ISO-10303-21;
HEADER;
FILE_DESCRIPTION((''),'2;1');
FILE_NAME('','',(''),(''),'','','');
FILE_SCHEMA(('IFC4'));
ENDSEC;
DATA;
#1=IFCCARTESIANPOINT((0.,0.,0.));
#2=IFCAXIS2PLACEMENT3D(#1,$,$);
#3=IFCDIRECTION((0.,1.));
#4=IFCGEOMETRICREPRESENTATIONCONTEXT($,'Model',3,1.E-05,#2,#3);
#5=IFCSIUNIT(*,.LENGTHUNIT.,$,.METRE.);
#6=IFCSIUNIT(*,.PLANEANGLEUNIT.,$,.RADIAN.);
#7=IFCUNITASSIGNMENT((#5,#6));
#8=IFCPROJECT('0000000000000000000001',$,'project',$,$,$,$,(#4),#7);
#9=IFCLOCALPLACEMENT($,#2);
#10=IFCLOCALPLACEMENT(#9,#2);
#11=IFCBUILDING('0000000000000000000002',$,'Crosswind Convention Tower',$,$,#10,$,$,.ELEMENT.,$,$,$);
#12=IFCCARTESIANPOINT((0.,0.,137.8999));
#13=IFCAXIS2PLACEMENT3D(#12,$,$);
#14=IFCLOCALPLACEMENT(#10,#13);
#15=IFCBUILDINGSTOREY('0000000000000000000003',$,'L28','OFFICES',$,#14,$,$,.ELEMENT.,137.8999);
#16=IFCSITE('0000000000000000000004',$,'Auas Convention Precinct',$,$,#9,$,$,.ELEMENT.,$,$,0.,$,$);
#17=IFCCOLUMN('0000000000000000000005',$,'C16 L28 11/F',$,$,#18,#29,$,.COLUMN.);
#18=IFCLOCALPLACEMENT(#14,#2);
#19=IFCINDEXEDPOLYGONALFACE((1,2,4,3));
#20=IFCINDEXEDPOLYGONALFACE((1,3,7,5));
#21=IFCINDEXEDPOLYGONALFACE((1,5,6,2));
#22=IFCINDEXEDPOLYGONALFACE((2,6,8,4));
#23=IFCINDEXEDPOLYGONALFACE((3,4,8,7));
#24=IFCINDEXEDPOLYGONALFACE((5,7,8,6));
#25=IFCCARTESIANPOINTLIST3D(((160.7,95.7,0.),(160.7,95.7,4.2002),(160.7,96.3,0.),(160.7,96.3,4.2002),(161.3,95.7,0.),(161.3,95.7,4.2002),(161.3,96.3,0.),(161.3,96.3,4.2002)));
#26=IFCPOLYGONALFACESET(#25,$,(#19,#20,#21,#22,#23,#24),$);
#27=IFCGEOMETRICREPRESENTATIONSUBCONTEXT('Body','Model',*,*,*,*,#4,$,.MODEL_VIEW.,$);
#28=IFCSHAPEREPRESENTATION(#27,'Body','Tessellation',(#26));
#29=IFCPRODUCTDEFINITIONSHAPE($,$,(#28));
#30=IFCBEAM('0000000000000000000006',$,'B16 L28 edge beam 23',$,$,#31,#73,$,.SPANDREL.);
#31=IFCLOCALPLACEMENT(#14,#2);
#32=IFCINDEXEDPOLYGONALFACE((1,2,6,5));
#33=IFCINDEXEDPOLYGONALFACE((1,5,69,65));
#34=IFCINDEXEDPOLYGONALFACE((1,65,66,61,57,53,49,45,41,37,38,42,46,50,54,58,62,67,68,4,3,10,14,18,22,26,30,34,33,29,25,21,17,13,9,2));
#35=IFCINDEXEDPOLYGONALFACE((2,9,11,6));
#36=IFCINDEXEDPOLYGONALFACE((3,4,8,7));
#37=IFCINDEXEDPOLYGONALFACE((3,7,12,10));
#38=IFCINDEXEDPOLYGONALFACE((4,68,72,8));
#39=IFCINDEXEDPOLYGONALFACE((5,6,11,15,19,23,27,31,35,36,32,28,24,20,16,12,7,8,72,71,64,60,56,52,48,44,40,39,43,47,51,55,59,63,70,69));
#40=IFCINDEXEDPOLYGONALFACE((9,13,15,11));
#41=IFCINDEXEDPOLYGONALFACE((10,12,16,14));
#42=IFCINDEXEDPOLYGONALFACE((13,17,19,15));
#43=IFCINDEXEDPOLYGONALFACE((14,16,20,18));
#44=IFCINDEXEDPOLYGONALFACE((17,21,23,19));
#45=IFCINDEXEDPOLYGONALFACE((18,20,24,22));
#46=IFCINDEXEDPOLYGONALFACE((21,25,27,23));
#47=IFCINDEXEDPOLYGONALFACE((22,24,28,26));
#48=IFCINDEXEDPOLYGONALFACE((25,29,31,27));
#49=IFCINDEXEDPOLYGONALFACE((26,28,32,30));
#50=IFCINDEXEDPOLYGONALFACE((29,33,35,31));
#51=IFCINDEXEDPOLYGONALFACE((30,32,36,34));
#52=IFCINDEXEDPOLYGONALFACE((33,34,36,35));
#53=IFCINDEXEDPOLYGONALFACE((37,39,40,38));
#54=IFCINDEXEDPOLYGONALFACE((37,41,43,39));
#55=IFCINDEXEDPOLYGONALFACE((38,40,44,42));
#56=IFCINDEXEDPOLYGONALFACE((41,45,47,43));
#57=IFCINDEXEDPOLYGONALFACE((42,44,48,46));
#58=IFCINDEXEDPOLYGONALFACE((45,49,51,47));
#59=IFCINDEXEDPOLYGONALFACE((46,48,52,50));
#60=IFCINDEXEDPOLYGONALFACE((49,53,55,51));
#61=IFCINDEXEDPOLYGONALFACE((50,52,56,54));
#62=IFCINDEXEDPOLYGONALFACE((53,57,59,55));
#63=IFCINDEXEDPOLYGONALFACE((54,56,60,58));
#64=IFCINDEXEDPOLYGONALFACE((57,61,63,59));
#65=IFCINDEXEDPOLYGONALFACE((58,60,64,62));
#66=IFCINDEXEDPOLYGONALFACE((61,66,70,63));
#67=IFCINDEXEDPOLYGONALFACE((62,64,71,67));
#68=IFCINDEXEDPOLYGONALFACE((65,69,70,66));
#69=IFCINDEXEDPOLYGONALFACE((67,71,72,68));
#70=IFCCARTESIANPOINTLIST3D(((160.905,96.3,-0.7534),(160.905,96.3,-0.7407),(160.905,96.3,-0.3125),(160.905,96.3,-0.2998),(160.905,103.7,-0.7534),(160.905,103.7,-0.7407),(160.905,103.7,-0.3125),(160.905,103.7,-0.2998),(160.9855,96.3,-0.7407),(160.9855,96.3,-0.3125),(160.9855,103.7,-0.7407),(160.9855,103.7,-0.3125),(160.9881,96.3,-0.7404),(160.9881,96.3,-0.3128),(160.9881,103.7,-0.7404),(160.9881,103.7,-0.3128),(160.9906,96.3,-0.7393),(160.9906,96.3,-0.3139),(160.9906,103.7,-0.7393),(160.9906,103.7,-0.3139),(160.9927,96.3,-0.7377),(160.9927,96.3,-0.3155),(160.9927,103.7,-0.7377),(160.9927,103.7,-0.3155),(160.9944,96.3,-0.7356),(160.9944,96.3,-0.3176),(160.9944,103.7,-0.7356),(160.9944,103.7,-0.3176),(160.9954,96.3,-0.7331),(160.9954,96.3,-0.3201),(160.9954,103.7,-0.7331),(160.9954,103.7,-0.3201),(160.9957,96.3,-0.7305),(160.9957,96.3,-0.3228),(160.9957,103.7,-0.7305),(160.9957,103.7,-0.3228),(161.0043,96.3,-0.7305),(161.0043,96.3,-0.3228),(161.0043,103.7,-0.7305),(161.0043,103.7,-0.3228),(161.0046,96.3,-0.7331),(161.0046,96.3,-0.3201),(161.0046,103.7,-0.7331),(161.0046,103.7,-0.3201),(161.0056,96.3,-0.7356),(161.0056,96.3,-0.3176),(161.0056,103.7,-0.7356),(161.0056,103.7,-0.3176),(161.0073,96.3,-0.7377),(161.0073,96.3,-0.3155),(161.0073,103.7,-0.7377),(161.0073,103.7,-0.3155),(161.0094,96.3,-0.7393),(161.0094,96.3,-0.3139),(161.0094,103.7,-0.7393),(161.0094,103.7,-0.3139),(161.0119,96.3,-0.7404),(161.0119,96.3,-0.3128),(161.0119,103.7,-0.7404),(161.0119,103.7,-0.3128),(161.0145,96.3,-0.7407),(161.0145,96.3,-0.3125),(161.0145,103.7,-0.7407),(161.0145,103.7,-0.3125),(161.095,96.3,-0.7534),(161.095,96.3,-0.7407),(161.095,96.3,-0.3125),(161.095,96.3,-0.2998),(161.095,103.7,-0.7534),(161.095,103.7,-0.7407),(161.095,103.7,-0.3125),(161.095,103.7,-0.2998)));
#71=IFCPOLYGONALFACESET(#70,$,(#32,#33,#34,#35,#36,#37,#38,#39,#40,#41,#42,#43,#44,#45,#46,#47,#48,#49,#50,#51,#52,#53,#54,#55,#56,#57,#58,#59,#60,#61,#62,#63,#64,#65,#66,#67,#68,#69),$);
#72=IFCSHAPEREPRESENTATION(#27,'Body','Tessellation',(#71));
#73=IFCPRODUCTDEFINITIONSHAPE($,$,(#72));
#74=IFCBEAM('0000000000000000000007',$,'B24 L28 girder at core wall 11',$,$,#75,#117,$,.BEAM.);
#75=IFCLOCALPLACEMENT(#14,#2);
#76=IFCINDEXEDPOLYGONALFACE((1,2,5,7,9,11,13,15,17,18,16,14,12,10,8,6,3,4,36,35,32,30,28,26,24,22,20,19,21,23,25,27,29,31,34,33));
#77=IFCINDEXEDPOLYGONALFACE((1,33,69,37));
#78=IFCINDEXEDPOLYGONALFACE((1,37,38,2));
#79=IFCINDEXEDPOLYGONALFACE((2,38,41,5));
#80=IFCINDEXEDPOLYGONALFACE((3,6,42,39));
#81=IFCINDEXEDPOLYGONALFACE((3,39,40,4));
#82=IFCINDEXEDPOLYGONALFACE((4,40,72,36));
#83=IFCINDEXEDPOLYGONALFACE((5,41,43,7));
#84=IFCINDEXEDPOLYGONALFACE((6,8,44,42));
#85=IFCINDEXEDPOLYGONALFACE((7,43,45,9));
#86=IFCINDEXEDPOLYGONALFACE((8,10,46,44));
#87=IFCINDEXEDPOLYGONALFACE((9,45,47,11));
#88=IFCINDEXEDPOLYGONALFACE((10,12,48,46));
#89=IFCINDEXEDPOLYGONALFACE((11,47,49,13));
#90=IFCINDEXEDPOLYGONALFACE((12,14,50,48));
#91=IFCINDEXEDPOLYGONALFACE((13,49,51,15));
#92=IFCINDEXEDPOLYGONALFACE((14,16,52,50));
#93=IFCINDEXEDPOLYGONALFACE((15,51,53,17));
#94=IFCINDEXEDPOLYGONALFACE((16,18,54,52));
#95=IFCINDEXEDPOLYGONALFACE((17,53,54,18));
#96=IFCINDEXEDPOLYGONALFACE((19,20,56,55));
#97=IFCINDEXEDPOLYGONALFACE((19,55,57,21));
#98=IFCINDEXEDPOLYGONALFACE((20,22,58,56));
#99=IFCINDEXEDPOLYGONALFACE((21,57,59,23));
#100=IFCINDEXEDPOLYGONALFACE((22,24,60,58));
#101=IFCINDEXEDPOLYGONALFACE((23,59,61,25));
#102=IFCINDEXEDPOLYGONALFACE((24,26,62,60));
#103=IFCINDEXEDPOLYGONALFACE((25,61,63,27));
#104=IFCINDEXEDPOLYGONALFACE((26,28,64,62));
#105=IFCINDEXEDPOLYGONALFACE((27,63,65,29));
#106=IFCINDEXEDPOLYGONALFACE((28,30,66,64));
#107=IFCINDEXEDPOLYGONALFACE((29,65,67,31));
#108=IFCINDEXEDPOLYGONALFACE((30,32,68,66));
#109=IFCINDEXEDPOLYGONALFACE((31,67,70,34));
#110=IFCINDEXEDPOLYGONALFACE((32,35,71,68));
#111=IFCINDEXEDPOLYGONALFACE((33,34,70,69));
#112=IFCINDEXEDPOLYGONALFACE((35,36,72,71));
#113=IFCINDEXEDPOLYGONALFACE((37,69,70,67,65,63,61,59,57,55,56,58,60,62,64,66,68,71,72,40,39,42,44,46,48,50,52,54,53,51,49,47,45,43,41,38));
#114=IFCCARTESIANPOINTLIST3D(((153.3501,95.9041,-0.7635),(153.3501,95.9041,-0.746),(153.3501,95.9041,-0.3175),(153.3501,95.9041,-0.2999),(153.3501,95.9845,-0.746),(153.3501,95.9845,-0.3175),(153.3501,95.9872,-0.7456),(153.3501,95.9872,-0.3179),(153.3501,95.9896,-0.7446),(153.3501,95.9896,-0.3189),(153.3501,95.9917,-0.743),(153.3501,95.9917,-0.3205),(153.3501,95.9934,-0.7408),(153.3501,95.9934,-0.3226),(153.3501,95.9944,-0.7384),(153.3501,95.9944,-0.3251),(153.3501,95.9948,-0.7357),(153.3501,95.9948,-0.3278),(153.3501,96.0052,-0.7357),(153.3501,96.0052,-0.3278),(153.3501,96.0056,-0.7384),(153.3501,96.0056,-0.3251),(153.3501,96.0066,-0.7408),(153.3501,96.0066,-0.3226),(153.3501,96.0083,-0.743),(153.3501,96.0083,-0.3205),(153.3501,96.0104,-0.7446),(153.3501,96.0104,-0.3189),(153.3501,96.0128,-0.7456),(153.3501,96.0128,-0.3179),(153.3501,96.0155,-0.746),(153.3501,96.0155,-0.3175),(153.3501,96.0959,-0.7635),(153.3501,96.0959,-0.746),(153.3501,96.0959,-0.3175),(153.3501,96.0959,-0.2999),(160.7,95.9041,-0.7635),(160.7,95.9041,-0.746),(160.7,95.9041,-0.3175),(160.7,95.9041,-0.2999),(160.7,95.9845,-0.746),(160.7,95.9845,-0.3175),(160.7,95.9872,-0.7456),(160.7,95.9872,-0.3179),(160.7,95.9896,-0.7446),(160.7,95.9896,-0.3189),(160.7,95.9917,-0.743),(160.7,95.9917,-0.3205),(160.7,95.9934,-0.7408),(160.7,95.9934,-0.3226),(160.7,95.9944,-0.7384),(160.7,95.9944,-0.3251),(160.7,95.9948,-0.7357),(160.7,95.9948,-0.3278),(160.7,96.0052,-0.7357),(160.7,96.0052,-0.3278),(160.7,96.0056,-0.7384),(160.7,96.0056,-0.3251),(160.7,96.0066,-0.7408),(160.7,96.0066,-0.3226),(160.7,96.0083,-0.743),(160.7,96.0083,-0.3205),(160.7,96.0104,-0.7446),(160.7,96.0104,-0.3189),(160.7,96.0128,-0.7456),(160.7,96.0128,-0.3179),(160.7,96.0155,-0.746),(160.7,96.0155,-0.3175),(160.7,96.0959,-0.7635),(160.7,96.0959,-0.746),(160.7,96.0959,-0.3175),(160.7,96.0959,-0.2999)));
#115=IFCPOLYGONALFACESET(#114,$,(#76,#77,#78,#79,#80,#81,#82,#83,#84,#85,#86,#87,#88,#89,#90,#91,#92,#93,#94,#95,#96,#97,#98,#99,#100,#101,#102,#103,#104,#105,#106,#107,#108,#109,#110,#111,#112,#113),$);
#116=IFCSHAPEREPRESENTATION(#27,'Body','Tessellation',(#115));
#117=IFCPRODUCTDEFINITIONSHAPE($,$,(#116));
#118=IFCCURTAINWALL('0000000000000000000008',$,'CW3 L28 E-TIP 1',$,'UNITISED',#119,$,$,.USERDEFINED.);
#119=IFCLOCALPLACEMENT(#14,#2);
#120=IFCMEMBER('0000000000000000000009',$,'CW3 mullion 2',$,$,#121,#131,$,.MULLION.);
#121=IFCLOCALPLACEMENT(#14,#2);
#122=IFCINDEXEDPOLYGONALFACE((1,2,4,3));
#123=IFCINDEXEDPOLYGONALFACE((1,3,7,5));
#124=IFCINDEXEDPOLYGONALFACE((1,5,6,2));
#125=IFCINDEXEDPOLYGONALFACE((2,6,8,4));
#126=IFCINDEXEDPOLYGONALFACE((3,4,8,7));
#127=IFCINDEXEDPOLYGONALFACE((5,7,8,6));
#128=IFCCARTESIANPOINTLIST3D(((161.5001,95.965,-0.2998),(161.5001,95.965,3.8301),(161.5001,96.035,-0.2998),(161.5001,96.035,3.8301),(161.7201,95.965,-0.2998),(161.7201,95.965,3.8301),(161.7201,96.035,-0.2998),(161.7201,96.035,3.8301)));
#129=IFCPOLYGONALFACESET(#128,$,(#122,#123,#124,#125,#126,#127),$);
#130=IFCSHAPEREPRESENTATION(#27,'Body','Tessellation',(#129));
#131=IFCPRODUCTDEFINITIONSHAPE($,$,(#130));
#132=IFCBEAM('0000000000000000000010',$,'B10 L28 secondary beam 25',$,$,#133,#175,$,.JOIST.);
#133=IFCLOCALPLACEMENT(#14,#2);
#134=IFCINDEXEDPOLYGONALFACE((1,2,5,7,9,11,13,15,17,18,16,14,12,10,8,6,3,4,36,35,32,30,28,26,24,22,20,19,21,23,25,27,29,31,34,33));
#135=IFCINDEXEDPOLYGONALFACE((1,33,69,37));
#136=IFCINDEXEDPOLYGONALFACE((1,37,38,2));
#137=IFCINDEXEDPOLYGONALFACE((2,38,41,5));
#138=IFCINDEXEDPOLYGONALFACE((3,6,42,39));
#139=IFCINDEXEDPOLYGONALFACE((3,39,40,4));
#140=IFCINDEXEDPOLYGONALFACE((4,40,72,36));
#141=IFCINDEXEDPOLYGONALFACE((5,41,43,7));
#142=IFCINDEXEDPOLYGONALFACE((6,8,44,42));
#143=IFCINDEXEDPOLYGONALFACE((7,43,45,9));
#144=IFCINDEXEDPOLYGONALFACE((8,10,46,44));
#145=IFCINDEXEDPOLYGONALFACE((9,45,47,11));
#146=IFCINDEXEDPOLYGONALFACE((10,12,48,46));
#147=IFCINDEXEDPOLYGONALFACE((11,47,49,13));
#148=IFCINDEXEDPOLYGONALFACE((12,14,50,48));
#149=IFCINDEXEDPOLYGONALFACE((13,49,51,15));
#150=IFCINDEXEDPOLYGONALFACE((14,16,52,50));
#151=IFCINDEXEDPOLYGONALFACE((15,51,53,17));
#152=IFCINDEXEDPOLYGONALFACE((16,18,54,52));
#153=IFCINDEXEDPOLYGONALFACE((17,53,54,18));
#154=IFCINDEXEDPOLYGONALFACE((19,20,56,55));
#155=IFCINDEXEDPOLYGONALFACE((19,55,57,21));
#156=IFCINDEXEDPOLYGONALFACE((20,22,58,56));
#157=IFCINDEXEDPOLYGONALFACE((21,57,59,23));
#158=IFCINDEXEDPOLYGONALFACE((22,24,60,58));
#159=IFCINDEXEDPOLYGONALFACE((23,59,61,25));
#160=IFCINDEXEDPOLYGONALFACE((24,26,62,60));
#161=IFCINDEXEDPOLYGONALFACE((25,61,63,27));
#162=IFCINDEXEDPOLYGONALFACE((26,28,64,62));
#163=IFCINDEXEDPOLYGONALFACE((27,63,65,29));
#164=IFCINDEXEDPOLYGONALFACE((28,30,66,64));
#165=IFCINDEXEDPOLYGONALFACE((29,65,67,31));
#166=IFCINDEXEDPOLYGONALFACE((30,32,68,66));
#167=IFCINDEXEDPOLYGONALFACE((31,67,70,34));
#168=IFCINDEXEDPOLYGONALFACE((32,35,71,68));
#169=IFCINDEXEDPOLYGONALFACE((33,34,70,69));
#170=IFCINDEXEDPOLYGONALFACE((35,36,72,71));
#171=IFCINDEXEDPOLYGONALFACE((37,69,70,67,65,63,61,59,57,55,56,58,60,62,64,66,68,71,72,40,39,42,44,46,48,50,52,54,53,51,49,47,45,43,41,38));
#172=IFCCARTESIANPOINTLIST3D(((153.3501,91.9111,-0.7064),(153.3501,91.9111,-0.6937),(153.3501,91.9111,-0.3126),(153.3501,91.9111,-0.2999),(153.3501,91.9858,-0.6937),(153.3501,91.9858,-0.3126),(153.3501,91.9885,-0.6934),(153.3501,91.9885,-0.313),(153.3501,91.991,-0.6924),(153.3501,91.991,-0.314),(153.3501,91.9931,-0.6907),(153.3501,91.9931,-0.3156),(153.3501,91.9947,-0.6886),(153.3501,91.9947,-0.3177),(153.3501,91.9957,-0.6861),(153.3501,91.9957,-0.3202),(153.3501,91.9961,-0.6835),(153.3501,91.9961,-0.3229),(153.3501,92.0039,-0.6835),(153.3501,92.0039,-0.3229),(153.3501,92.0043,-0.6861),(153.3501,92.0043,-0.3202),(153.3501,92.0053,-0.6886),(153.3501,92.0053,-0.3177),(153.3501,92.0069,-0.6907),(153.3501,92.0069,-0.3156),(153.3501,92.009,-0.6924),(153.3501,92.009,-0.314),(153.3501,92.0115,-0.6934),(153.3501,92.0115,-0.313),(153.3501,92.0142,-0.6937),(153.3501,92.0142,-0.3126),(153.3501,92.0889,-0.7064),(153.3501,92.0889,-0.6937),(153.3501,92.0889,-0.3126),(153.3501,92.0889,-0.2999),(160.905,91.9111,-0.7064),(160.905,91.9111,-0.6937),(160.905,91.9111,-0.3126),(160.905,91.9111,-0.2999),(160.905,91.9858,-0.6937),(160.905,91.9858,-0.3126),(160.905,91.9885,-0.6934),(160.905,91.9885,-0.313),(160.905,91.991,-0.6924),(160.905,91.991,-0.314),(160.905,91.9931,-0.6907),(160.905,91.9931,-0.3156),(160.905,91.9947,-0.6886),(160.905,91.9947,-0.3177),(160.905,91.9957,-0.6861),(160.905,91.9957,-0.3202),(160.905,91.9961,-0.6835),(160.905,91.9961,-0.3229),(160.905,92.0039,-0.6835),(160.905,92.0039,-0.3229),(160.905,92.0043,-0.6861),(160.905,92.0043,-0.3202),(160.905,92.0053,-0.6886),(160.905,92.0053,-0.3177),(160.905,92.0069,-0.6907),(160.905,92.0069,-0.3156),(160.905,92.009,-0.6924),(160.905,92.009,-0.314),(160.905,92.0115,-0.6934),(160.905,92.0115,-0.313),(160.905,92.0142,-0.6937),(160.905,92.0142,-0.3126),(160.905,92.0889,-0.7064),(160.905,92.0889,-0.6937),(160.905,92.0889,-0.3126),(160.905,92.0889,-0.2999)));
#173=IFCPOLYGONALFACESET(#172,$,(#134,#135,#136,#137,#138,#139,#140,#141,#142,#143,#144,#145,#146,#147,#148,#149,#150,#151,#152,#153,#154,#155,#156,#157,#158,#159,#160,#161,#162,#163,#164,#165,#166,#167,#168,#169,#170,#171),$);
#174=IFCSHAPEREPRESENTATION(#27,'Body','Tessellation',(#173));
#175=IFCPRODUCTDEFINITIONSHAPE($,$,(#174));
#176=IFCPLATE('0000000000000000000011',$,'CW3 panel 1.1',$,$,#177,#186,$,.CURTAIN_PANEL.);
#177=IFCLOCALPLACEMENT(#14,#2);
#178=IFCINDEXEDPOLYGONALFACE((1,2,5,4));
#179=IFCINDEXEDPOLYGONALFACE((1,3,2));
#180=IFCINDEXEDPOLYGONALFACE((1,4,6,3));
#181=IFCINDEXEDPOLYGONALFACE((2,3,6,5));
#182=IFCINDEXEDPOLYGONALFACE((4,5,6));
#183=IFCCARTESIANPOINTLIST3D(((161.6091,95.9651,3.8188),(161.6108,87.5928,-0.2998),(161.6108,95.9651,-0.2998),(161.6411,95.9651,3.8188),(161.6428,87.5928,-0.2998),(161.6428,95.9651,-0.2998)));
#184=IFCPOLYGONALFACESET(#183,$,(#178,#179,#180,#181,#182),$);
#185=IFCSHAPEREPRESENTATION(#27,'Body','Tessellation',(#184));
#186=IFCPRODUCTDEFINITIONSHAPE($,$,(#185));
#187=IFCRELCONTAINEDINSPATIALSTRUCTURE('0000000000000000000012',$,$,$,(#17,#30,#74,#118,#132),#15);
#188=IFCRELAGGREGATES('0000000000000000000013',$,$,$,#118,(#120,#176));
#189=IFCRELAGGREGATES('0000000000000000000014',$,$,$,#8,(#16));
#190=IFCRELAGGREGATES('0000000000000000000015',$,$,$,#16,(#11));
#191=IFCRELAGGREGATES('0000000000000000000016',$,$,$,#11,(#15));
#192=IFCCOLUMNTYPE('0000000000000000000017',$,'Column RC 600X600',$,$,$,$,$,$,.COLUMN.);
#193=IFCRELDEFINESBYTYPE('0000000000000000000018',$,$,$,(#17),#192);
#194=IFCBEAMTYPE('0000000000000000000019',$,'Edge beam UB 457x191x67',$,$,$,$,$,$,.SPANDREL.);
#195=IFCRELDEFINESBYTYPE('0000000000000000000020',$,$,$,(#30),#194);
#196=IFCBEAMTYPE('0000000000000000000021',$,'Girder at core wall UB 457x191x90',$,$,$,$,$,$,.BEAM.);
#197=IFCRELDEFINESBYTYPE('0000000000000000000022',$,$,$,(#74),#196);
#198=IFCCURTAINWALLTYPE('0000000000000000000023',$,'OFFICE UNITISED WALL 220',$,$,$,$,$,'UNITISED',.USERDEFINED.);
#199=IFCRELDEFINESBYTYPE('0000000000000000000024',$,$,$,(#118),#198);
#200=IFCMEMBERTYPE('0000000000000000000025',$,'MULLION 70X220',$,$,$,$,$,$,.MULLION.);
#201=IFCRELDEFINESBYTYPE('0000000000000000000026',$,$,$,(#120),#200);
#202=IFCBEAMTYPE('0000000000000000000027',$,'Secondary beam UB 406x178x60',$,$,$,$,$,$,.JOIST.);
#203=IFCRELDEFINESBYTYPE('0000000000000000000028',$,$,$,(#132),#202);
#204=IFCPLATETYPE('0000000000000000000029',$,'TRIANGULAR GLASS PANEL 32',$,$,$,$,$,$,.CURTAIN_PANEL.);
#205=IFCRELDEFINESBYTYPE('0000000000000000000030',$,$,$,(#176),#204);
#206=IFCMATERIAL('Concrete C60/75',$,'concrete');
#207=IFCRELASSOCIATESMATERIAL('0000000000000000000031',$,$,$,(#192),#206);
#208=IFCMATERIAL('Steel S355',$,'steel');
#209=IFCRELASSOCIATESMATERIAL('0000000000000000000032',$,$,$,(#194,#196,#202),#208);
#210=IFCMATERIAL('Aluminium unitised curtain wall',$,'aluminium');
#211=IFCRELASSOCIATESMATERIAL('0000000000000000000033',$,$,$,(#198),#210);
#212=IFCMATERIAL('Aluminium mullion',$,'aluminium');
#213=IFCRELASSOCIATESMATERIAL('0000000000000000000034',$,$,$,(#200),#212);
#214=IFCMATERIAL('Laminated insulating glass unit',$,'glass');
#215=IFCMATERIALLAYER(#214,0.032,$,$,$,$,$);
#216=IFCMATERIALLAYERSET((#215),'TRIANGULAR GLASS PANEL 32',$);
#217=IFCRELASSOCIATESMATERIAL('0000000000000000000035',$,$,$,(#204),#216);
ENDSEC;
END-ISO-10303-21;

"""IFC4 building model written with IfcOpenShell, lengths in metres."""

from ifc_helpers import new_model, si_unit, direction, frame, origin, origin_2d, place, context, subcontext, project, spatial, polyline, rectangle, i_section, outline, extrude, material, layer, layer_set, material_profile, profile_set, type_object, element, aggregate, save


model = new_model("IFC4")

# Units and contexts
model_context = context("Model", 3, precision=1e-05, world=origin(), true_north=direction((0.0, 1.0)))
body_context = subcontext(model_context, "Body", "Model", "MODEL_VIEW")
ifc_project = project(units=[si_unit("LENGTHUNIT", "METRE"), si_unit("PLANEANGLEUNIT", "RADIAN")], contexts=[model_context])

# Site, building, storey
site_placement = place(None, origin())
site = spatial("IfcSite", under=ifc_project, at=site_placement, Name="Auas Convention Precinct", CompositionType="ELEMENT", RefElevation=0.0)
building_placement = place(site_placement, origin())
building = spatial("IfcBuilding", under=site, at=building_placement, Name="Crosswind Convention Tower", CompositionType="ELEMENT")
storey_placement = place(building_placement, frame((0.0, 0.0, 137.8999)))
storey = spatial("IfcBuildingStorey", under=building, at=storey_placement, Name="L28", Description="OFFICES", CompositionType="ELEMENT", Elevation=137.8999)

# Column
ifc_material_1 = material(Name="Concrete C60/75", Category="concrete")
ifc_material_profile_1 = material_profile(ifc_material_1, rectangle(XDim=0.6001, YDim=0.6001, at=origin_2d()), Name="RC 600X600")
ifc_profile_set_1 = profile_set([ifc_material_profile_1], Name="Concrete C60/75")
column_type = type_object("IfcColumnType", Name="Column RC 600X600", PredefinedType="COLUMN", material=ifc_profile_set_1)
column_placement = place(storey_placement, frame((161.0, 96.0, 0.0), z_axis=(0.0, 0.0, 1.0), x_axis=(1.0, 0.0, 0.0)))
element("IfcColumn", 1, at=column_placement, inside=storey, type_object=column_type, Name="C16 L28 11/F", PredefinedType="COLUMN", context=body_context, shape_type="SweptSolid", body=[
    extrude(rectangle(XDim=0.6001, YDim=0.6001, at=origin_2d()), origin(), (0.0, 0.0, 1.0), 4.2002),
])

# Beams
ifc_material_2 = material(Name="Steel S355", Category="steel")
ifc_material_profile_2 = material_profile(ifc_material_2, i_section(OverallWidth=0.1899, OverallDepth=0.4536, WebThickness=0.0085, FlangeThickness=0.0127, FilletRadius=0.0103, at=origin_2d()), Name="UB 457x191x67")
ifc_profile_set_2 = profile_set([ifc_material_profile_2], Name="Steel S355")
beam_type_1 = type_object("IfcBeamType", Name="Edge beam UB 457x191x67", PredefinedType="SPANDREL", material=ifc_profile_set_2)
beam_1_placement = place(storey_placement, frame((161.0, 96.3, -0.5266), z_axis=(0.0, 1.0, 0.0), x_axis=(-1.0, 0.0, 0.0)))
element("IfcBeam", 2, at=beam_1_placement, inside=storey, type_object=beam_type_1, Name="B16 L28 edge beam 23", PredefinedType="SPANDREL", context=body_context, shape_type="SweptSolid", body=[
    extrude(i_section(OverallWidth=0.1899, OverallDepth=0.4536, WebThickness=0.0085, FlangeThickness=0.0127, FilletRadius=0.0103, at=origin_2d()), origin(), (0.0, 0.0, 1.0), 7.3999),
])
ifc_material_profile_3 = material_profile(ifc_material_2, i_section(OverallWidth=0.1919, OverallDepth=0.4636, WebThickness=0.0105, FlangeThickness=0.0176, FilletRadius=0.0103, at=origin_2d()), Name="UB 457x191x90")
ifc_profile_set_3 = profile_set([ifc_material_profile_3], Name="Steel S355")
beam_type_2 = type_object("IfcBeamType", Name="Girder at core wall UB 457x191x90", PredefinedType="BEAM", material=ifc_profile_set_3)
beam_2_placement = place(storey_placement, frame((153.3501, 96.0, -0.5317), z_axis=(1.0, 0.0, 0.0), x_axis=(0.0, 1.0, 0.0)))
element("IfcBeam", 3, at=beam_2_placement, inside=storey, type_object=beam_type_2, Name="B24 L28 girder at core wall 11", PredefinedType="BEAM", context=body_context, shape_type="SweptSolid", body=[
    extrude(i_section(OverallWidth=0.1919, OverallDepth=0.4636, WebThickness=0.0105, FlangeThickness=0.0176, FilletRadius=0.0103, at=origin_2d()), origin(), (0.0, 0.0, 1.0), 7.3499),
])

# Curtain wall, member
ifc_material_3 = material(Name="Aluminium unitised curtain wall", Category="aluminium")
curtain_wall_type = type_object("IfcCurtainWallType", Name="OFFICE UNITISED WALL 220", ElementType="UNITISED", PredefinedType="USERDEFINED", material=ifc_material_3)
curtain_wall_placement = place(storey_placement, origin())
curtain_wall = element("IfcCurtainWall", 4, at=curtain_wall_placement, inside=storey, type_object=curtain_wall_type, Name="CW3 L28 E-TIP 1", ObjectType="UNITISED", PredefinedType="USERDEFINED")
ifc_material_4 = material(Name="Aluminium mullion", Category="aluminium")
ifc_material_profile_4 = material_profile(ifc_material_4, rectangle(XDim=0.22, YDim=0.0701, at=origin_2d()), Name="AL 220X70")
ifc_profile_set_4 = profile_set([ifc_material_profile_4], Name="Aluminium mullion")
member_type = type_object("IfcMemberType", Name="MULLION 70X220", PredefinedType="MULLION", material=ifc_profile_set_4)
member_placement = place(storey_placement, frame((161.6101, 96.0, -0.2998), z_axis=(0.0, 0.0, 1.0), x_axis=(1.0, 0.0, 0.0)))
member = element("IfcMember", 5, at=member_placement, type_object=member_type, Name="CW3 mullion 2", PredefinedType="MULLION", context=body_context, shape_type="SweptSolid", body=[
    extrude(rectangle(XDim=0.22, YDim=0.0701, at=origin_2d()), origin(), (0.0, 0.0, 1.0), 4.1299),
])

# Beam
ifc_material_profile_5 = material_profile(ifc_material_2, i_section(OverallWidth=0.1777, OverallDepth=0.4065, WebThickness=0.0078, FlangeThickness=0.0127, FilletRadius=0.0103, at=origin_2d()), Name="UB 406x178x60")
ifc_profile_set_5 = profile_set([ifc_material_profile_5], Name="Steel S355")
beam_type_3 = type_object("IfcBeamType", Name="Secondary beam UB 406x178x60", PredefinedType="JOIST", material=ifc_profile_set_5)
beam_3_placement = place(storey_placement, frame((153.3501, 92.0, -0.5032), z_axis=(1.0, 0.0, 0.0), x_axis=(0.0, 1.0, 0.0)))
element("IfcBeam", 6, at=beam_3_placement, inside=storey, type_object=beam_type_3, Name="B10 L28 secondary beam 25", PredefinedType="JOIST", context=body_context, shape_type="SweptSolid", body=[
    extrude(i_section(OverallWidth=0.1777, OverallDepth=0.4065, WebThickness=0.0078, FlangeThickness=0.0127, FilletRadius=0.0103, at=origin_2d()), origin(), (0.0, 0.0, 1.0), 7.5549),
])

# Plate
ifc_material_5 = material(Name="Laminated insulating glass unit", Category="glass")
ifc_layer_1 = layer(ifc_material_5, 0.032)
ifc_layer_set_1 = layer_set([ifc_layer_1], Name="TRIANGULAR GLASS PANEL 32")
plate_type = type_object("IfcPlateType", Name="TRIANGULAR GLASS PANEL 32", PredefinedType="CURTAIN_PANEL", material=ifc_layer_set_1)
plate_1_placement = place(storey_placement, frame((161.6428, 95.9651, -0.2998), z_axis=(1.0, 0.0, 0.000415), x_axis=(-0.000415, 0.0, 1.0)))
plate_1 = element("IfcPlate", 7, at=plate_1_placement, type_object=plate_type, Name="CW3 panel 1.1", PredefinedType="CURTAIN_PANEL", context=body_context, shape_type="SweptSolid", body=[
    extrude(outline(polyline([(0.0, 0.0), (4.1187, 0.0), (0.0, 8.3723), (0.0, 0.0)])), origin(), (0.0, 0.0, -1.0), 0.032),
])
aggregate(curtain_wall, [member, plate_1])

save(model, "model.ifc")
